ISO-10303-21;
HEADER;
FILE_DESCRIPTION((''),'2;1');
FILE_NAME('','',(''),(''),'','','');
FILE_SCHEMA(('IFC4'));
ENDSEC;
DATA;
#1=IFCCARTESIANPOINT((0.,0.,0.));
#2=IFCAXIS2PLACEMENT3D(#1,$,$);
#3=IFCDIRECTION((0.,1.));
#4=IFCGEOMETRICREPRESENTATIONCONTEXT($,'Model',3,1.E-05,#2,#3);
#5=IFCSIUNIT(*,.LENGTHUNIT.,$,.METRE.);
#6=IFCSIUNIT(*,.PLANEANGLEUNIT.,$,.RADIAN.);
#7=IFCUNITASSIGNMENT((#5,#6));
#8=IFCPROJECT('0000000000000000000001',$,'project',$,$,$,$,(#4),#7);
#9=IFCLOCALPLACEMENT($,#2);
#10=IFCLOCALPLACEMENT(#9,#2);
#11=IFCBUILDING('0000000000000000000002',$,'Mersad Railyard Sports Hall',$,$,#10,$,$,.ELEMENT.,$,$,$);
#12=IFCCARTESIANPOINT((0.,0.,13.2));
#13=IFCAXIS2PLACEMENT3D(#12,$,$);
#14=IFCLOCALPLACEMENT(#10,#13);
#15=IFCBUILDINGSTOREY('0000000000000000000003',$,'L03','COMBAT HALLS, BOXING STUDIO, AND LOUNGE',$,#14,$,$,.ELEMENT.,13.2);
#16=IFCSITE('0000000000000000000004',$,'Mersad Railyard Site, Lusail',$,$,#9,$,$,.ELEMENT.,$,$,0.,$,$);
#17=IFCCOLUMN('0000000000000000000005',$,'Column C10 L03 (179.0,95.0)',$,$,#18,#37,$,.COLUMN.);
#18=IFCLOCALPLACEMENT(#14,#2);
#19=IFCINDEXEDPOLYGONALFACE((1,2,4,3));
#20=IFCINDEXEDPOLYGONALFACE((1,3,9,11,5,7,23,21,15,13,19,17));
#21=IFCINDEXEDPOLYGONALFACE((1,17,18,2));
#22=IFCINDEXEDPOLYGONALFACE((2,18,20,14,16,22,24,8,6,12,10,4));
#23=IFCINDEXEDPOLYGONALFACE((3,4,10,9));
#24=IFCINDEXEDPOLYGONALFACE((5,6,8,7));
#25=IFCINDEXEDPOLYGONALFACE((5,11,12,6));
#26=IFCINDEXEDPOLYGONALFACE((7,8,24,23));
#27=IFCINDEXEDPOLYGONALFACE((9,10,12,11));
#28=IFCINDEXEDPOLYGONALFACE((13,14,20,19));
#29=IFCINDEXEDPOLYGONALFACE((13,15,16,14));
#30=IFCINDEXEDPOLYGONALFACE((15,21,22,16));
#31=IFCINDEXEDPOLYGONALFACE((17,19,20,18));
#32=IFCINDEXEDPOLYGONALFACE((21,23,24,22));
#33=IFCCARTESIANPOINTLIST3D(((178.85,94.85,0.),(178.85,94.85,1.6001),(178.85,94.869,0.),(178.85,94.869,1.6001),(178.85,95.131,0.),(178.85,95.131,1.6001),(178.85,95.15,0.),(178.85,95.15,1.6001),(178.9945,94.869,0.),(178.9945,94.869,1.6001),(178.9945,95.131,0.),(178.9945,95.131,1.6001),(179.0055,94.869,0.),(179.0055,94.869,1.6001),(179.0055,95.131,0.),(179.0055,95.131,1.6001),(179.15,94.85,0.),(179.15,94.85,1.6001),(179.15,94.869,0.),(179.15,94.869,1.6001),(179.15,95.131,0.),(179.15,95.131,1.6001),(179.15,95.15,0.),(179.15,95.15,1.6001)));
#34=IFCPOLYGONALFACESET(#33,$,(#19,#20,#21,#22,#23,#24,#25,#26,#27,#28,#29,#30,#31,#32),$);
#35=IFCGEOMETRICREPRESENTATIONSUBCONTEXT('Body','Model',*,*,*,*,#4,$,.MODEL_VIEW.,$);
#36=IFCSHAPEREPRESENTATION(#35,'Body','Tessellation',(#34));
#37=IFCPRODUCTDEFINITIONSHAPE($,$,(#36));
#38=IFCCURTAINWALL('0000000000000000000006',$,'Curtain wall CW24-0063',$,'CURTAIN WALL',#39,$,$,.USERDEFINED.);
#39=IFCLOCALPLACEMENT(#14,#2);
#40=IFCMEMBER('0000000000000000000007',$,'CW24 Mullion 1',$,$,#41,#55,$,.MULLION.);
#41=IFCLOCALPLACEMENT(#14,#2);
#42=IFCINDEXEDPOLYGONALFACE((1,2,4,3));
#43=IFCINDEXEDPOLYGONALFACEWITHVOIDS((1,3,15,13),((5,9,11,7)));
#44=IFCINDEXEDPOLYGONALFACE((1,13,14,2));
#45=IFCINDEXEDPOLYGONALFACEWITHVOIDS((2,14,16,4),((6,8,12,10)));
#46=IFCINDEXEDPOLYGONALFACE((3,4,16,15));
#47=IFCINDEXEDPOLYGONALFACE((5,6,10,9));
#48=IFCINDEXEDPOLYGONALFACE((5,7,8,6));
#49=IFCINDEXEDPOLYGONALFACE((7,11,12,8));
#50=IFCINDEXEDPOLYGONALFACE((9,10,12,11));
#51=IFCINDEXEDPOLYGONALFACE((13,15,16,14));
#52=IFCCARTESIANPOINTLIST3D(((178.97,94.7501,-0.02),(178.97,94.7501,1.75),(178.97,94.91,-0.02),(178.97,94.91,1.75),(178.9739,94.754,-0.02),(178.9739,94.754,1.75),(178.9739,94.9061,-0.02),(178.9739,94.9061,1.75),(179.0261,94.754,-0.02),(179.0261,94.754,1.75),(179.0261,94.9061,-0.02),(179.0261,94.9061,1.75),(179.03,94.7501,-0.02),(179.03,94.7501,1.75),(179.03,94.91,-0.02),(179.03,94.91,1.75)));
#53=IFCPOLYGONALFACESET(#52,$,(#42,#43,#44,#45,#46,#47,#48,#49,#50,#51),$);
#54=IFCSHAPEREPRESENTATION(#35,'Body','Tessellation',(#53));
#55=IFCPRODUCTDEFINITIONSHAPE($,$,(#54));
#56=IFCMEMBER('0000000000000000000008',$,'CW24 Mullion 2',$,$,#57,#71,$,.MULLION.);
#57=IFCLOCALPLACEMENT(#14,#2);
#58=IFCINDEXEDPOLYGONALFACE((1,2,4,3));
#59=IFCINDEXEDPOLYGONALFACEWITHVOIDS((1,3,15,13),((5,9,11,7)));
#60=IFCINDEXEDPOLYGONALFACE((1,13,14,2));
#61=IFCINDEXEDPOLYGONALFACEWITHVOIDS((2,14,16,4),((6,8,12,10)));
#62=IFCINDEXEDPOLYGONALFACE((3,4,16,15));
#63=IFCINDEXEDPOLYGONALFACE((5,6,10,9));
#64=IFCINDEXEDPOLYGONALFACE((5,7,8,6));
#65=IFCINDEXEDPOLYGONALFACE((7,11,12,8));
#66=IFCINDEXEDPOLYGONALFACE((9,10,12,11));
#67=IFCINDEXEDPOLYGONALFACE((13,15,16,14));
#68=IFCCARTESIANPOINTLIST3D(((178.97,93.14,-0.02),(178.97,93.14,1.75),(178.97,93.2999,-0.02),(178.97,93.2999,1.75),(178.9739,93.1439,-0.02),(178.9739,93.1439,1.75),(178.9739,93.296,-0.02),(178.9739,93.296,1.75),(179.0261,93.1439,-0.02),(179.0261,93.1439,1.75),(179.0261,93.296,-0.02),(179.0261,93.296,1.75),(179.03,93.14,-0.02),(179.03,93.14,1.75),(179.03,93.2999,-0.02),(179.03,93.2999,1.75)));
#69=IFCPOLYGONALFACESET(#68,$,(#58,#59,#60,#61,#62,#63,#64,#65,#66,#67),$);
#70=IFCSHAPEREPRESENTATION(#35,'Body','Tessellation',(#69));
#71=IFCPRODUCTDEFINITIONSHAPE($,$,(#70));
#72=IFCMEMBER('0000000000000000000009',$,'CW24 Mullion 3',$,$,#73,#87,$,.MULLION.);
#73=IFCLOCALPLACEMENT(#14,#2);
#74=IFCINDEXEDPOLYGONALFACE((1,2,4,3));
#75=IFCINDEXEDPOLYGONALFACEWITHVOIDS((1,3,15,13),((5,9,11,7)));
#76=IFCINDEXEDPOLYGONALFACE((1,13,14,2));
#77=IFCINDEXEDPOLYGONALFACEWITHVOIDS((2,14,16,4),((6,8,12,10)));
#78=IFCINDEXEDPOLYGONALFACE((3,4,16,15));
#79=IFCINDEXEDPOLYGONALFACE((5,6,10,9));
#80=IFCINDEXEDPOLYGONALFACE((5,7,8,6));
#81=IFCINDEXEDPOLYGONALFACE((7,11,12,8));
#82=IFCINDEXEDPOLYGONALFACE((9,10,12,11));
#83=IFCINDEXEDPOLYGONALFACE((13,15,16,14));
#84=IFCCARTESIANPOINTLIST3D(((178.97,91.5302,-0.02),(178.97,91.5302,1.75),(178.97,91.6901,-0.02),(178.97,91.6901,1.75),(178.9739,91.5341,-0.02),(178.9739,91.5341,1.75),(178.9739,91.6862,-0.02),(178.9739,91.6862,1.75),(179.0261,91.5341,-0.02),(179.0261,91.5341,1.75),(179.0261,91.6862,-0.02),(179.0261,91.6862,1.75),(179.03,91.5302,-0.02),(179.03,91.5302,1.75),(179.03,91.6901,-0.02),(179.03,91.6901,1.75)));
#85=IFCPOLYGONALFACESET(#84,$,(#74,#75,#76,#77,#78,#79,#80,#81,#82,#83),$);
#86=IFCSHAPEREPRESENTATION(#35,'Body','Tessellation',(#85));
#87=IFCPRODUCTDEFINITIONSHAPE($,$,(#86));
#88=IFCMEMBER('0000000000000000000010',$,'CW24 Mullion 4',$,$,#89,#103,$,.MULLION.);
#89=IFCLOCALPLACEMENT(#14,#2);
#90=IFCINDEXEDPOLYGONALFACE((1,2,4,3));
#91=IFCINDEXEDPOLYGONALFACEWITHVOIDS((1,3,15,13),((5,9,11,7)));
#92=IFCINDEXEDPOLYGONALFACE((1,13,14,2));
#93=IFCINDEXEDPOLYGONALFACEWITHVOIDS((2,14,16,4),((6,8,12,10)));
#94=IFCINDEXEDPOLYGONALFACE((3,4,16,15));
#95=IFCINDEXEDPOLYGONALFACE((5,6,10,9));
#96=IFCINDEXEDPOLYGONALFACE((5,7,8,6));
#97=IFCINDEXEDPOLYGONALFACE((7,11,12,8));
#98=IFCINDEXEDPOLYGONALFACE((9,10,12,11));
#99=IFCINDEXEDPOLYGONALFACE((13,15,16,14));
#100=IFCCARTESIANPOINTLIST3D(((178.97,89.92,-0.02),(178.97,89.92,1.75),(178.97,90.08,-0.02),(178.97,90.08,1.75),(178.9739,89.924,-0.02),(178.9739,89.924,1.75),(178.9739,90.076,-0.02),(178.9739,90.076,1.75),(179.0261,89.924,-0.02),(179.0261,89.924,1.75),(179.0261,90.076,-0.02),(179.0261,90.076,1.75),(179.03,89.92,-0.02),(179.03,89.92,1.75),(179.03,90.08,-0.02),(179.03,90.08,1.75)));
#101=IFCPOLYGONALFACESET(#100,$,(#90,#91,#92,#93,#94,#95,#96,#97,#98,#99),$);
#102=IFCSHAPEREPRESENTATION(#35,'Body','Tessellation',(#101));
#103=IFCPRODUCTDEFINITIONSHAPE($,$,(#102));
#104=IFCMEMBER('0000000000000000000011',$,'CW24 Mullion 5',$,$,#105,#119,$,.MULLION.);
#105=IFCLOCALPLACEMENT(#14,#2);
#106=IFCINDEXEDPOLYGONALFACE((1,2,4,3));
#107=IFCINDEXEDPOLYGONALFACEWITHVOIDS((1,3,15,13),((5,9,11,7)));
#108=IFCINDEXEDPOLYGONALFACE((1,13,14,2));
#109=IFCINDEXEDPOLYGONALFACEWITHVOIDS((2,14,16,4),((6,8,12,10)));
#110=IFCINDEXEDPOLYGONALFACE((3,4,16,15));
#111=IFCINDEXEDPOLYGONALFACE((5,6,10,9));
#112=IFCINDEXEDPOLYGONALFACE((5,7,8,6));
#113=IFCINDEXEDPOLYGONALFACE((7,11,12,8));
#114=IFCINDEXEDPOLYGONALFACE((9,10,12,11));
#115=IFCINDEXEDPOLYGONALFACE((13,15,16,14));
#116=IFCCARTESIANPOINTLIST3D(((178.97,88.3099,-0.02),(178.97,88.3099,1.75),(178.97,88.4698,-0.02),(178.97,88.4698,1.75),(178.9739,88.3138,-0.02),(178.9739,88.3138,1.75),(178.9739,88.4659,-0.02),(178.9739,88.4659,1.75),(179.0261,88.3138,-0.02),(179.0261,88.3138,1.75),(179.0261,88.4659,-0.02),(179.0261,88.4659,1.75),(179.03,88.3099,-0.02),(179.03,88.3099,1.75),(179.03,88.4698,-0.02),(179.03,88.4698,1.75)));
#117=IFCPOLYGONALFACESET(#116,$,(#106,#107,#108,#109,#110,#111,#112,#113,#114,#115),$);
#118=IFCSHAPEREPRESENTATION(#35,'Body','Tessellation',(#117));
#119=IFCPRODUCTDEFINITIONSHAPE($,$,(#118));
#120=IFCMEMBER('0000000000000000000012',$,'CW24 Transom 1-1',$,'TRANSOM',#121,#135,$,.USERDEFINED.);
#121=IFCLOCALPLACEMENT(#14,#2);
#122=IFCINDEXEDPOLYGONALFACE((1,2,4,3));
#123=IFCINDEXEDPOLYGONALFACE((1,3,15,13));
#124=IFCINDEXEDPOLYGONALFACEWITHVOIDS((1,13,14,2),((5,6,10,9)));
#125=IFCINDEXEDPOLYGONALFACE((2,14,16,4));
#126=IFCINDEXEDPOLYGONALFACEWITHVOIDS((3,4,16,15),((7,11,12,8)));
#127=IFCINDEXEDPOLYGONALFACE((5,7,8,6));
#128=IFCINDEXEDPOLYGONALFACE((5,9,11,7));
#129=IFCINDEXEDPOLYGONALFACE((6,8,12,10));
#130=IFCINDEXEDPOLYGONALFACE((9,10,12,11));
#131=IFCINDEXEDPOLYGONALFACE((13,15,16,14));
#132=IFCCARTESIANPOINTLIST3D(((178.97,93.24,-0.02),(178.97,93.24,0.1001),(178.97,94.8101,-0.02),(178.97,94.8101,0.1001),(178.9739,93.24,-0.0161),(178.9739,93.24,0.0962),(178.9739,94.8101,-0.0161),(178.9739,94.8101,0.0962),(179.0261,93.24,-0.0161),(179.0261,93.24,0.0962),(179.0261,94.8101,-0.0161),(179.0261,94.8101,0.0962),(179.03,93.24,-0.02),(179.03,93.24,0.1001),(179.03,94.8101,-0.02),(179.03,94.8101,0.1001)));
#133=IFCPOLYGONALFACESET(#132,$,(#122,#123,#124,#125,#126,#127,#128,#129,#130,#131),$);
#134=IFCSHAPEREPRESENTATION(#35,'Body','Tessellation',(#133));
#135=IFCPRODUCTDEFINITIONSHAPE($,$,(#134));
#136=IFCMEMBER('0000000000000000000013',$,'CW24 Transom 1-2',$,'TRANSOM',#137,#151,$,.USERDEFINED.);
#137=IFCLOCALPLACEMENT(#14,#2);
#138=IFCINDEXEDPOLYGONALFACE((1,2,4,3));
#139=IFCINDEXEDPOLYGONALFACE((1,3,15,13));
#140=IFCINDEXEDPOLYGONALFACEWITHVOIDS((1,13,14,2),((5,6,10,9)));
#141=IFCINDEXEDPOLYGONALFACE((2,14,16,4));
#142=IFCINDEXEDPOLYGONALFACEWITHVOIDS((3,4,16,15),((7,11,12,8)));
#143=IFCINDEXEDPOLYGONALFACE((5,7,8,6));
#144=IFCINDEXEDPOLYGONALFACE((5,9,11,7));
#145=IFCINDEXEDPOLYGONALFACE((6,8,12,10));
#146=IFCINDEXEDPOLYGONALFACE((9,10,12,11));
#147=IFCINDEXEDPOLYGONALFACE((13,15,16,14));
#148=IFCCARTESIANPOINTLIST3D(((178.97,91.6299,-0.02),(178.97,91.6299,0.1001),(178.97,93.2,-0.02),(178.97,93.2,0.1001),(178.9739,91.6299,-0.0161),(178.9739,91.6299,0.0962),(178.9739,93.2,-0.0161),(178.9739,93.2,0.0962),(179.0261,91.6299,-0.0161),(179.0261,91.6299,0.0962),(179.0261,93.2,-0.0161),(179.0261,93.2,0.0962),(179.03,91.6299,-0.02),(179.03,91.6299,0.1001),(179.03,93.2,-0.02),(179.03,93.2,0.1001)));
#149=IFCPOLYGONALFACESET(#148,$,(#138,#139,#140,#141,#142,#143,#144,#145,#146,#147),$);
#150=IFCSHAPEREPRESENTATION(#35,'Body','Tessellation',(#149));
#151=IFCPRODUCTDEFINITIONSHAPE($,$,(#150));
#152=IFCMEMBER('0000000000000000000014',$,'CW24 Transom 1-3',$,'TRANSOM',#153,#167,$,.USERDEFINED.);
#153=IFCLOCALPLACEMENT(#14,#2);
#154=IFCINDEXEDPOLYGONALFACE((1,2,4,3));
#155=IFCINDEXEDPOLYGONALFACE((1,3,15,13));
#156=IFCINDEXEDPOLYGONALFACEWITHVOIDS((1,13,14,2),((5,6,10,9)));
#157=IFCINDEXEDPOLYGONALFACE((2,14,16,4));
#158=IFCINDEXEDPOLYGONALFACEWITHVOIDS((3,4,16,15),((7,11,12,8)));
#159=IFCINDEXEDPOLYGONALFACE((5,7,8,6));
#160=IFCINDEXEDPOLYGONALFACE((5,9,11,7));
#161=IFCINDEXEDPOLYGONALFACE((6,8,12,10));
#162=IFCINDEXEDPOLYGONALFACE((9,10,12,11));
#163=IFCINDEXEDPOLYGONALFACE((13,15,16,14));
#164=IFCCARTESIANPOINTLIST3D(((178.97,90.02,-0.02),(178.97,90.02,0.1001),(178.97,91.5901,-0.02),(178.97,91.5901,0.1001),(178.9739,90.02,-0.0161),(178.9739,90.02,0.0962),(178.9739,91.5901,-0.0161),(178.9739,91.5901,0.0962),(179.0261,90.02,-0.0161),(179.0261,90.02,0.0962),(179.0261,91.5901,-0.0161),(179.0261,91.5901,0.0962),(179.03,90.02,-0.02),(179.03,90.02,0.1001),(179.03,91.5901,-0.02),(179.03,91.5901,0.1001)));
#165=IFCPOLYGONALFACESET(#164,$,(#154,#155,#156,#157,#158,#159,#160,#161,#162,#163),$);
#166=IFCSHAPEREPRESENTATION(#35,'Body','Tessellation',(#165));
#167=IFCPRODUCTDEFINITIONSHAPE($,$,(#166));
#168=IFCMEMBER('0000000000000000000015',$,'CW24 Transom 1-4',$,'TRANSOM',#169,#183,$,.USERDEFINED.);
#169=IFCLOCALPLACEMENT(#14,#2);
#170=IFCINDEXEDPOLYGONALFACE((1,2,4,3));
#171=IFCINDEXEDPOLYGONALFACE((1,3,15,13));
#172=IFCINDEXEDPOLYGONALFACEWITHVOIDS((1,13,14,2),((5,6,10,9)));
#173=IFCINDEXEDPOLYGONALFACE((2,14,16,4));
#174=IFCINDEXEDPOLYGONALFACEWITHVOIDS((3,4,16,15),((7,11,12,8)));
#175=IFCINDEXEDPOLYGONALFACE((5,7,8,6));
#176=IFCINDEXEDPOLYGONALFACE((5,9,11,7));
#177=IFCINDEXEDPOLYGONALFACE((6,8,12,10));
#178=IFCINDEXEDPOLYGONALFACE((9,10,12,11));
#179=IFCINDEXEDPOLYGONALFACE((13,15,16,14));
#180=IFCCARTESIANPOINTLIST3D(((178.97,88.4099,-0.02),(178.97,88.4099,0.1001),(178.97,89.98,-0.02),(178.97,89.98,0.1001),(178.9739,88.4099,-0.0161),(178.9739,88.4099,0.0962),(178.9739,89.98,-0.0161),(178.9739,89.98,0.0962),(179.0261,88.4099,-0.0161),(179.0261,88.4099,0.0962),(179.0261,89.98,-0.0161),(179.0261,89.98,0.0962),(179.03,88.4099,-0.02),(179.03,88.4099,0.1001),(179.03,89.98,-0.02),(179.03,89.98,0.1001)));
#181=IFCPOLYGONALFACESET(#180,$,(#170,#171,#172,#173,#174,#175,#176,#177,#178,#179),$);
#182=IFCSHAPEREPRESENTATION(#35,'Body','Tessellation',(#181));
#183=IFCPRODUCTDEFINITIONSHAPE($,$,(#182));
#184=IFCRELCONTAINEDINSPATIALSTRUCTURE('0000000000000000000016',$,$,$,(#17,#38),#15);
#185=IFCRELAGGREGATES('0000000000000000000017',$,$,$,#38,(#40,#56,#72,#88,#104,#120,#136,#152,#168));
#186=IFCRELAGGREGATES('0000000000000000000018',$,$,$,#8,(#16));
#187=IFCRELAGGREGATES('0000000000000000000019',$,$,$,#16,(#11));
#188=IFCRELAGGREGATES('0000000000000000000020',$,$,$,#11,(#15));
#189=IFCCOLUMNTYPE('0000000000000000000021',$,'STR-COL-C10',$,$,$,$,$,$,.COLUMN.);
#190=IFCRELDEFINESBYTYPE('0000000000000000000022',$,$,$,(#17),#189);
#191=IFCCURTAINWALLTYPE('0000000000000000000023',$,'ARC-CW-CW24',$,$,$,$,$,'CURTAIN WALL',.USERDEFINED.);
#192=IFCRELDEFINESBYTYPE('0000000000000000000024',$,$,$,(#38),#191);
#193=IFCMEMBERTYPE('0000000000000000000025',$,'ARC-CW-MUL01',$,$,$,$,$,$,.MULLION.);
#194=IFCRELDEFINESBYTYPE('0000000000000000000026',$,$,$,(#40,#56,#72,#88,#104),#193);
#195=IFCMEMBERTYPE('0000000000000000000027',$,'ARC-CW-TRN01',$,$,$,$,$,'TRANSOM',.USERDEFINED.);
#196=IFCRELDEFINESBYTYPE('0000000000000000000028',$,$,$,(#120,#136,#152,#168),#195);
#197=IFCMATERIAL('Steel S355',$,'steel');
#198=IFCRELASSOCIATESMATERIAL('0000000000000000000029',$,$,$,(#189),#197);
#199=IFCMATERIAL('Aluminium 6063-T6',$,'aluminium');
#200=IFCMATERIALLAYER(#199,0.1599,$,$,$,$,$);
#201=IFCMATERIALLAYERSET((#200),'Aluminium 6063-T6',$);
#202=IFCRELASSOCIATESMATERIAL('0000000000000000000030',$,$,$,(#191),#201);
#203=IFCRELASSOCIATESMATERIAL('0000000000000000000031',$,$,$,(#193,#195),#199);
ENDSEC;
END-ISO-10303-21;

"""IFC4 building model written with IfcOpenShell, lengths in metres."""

from ifc_helpers import new_model, si_unit, direction, frame, origin, origin_2d, place, context, subcontext, project, spatial, hollow_rectangle, i_section, extrude, material, layer, layer_set, material_profile, profile_set, type_object, element, aggregate, save


model = new_model("IFC4")

# Units and contexts
model_context = context("Model", 3, precision=1e-05, world=origin(), true_north=direction((0.0, 1.0)))
body_context = subcontext(model_context, "Body", "Model", "MODEL_VIEW")
ifc_project = project(units=[si_unit("LENGTHUNIT", "METRE"), si_unit("PLANEANGLEUNIT", "RADIAN")], contexts=[model_context])

# Site, building, storey
site_placement = place(None, origin())
site = spatial("IfcSite", under=ifc_project, at=site_placement, Name="Mersad Railyard Site, Lusail", CompositionType="ELEMENT", RefElevation=0.0)
building_placement = place(site_placement, origin())
building = spatial("IfcBuilding", under=site, at=building_placement, Name="Mersad Railyard Sports Hall", CompositionType="ELEMENT")
storey_placement = place(building_placement, frame((0.0, 0.0, 13.2)))
storey = spatial("IfcBuildingStorey", under=building, at=storey_placement, Name="L03", Description="COMBAT HALLS, BOXING STUDIO, AND LOUNGE", CompositionType="ELEMENT", Elevation=13.2)

# Column
ifc_material_1 = material(Name="Steel S355", Category="steel")
ifc_material_profile_1 = material_profile(ifc_material_1, i_section(OverallWidth=0.3, OverallDepth=0.3, WebThickness=0.011, FlangeThickness=0.019, at=origin_2d()), Name="HEB 300")
ifc_profile_set_1 = profile_set([ifc_material_profile_1], Name="Steel S355")
column_type = type_object("IfcColumnType", Name="STR-COL-C10", PredefinedType="COLUMN", material=ifc_profile_set_1)
column_placement = place(storey_placement, frame((179.0, 95.0, 0.0), z_axis=(0.0, 0.0, 1.0), x_axis=(1.0, 0.0, 0.0)))
element("IfcColumn", 1, at=column_placement, inside=storey, type_object=column_type, Name="Column C10 L03 (179.0,95.0)", PredefinedType="COLUMN", context=body_context, shape_type="SweptSolid", body=[
    extrude(i_section(OverallWidth=0.3, OverallDepth=0.3, WebThickness=0.011, FlangeThickness=0.019, at=origin_2d()), origin(), (0.0, 0.0, 1.0), 1.6001),
])

# Curtain wall, members
ifc_material_2 = material(Name="Aluminium 6063-T6", Category="aluminium")
ifc_layer_1 = layer(ifc_material_2, 0.1599)
ifc_layer_set_1 = layer_set([ifc_layer_1], Name="Aluminium 6063-T6")
curtain_wall_type = type_object("IfcCurtainWallType", Name="ARC-CW-CW24", ElementType="CURTAIN WALL", PredefinedType="USERDEFINED", material=ifc_layer_set_1)
curtain_wall_placement = place(storey_placement, origin())
curtain_wall = element("IfcCurtainWall", 2, at=curtain_wall_placement, inside=storey, type_object=curtain_wall_type, Name="Curtain wall CW24-0063", ObjectType="CURTAIN WALL", PredefinedType="USERDEFINED")
ifc_material_profile_2 = material_profile(ifc_material_2, hollow_rectangle(XDim=0.0601, YDim=0.1599, WallThickness=0.0039, at=origin_2d()), Name="AL MULLION 60x160x4")
ifc_profile_set_2 = profile_set([ifc_material_profile_2], Name="Aluminium 6063-T6")
member_type_1 = type_object("IfcMemberType", Name="ARC-CW-MUL01", PredefinedType="MULLION", material=ifc_profile_set_2)
member_1_placement = place(storey_placement, frame((179.0, 94.8301, -0.02), z_axis=(0.0, 0.0, 1.0), x_axis=(1.0, 0.0, 0.0)))
member_1 = element("IfcMember", 3, at=member_1_placement, type_object=member_type_1, Name="CW24 Mullion 1", PredefinedType="MULLION", context=body_context, shape_type="SweptSolid", body=[
    extrude(hollow_rectangle(XDim=0.0601, YDim=0.1599, WallThickness=0.0039, at=origin_2d()), origin(), (0.0, 0.0, 1.0), 1.77),
])
member_2_placement = place(storey_placement, frame((179.0, 93.22, -0.02), z_axis=(0.0, 0.0, 1.0), x_axis=(1.0, 0.0, 0.0)))
member_2 = element("IfcMember", 4, at=member_2_placement, type_object=member_type_1, Name="CW24 Mullion 2", PredefinedType="MULLION", context=body_context, shape_type="SweptSolid", body=[
    extrude(hollow_rectangle(XDim=0.0601, YDim=0.1599, WallThickness=0.0039, at=origin_2d()), origin(), (0.0, 0.0, 1.0), 1.77),
])
member_3_placement = place(storey_placement, frame((179.0, 91.6101, -0.02), z_axis=(0.0, 0.0, 1.0), x_axis=(1.0, 0.0, 0.0)))
member_3 = element("IfcMember", 5, at=member_3_placement, type_object=member_type_1, Name="CW24 Mullion 3", PredefinedType="MULLION", context=body_context, shape_type="SweptSolid", body=[
    extrude(hollow_rectangle(XDim=0.0601, YDim=0.1599, WallThickness=0.0039, at=origin_2d()), origin(), (0.0, 0.0, 1.0), 1.77),
])
member_4_placement = place(storey_placement, frame((179.0, 90.0, -0.02), z_axis=(0.0, 0.0, 1.0), x_axis=(1.0, 0.0, 0.0)))
member_4 = element("IfcMember", 6, at=member_4_placement, type_object=member_type_1, Name="CW24 Mullion 4", PredefinedType="MULLION", context=body_context, shape_type="SweptSolid", body=[
    extrude(hollow_rectangle(XDim=0.0601, YDim=0.1599, WallThickness=0.0039, at=origin_2d()), origin(), (0.0, 0.0, 1.0), 1.77),
])
member_5_placement = place(storey_placement, frame((179.0, 88.3899, -0.02), z_axis=(0.0, 0.0, 1.0), x_axis=(1.0, 0.0, 0.0)))
member_5 = element("IfcMember", 7, at=member_5_placement, type_object=member_type_1, Name="CW24 Mullion 5", PredefinedType="MULLION", context=body_context, shape_type="SweptSolid", body=[
    extrude(hollow_rectangle(XDim=0.0601, YDim=0.1599, WallThickness=0.0039, at=origin_2d()), origin(), (0.0, 0.0, 1.0), 1.77),
])
ifc_material_profile_3 = material_profile(ifc_material_2, hollow_rectangle(XDim=0.0601, YDim=0.1201, WallThickness=0.0039, at=origin_2d()), Name="AL TRANSOM 60x120x4")
ifc_profile_set_3 = profile_set([ifc_material_profile_3], Name="Aluminium 6063-T6")
member_type_2 = type_object("IfcMemberType", Name="ARC-CW-TRN01", ElementType="TRANSOM", PredefinedType="USERDEFINED", material=ifc_profile_set_3)
member_6_placement = place(storey_placement, frame((179.0, 94.8101, 0.04), z_axis=(0.0, -1.0, 0.0), x_axis=(1.0, 0.0, 0.0)))
member_6 = element("IfcMember", 8, at=member_6_placement, type_object=member_type_2, Name="CW24 Transom 1-1", ObjectType="TRANSOM", PredefinedType="USERDEFINED", context=body_context, shape_type="SweptSolid", body=[
    extrude(hollow_rectangle(XDim=0.0601, YDim=0.1201, WallThickness=0.0039, at=origin_2d()), origin(), (0.0, 0.0, 1.0), 1.5701),
])
member_7_placement = place(storey_placement, frame((179.0, 93.2, 0.04), z_axis=(0.0, -1.0, 0.0), x_axis=(1.0, 0.0, 0.0)))
member_7 = element("IfcMember", 9, at=member_7_placement, type_object=member_type_2, Name="CW24 Transom 1-2", ObjectType="TRANSOM", PredefinedType="USERDEFINED", context=body_context, shape_type="SweptSolid", body=[
    extrude(hollow_rectangle(XDim=0.0601, YDim=0.1201, WallThickness=0.0039, at=origin_2d()), origin(), (0.0, 0.0, 1.0), 1.5701),
])
member_8_placement = place(storey_placement, frame((179.0, 91.5901, 0.04), z_axis=(0.0, -1.0, 0.0), x_axis=(1.0, 0.0, 0.0)))
member_8 = element("IfcMember", 10, at=member_8_placement, type_object=member_type_2, Name="CW24 Transom 1-3", ObjectType="TRANSOM", PredefinedType="USERDEFINED", context=body_context, shape_type="SweptSolid", body=[
    extrude(hollow_rectangle(XDim=0.0601, YDim=0.1201, WallThickness=0.0039, at=origin_2d()), origin(), (0.0, 0.0, 1.0), 1.5701),
])
member_9_placement = place(storey_placement, frame((179.0, 89.98, 0.04), z_axis=(0.0, -1.0, 0.0), x_axis=(1.0, 0.0, 0.0)))
member_9 = element("IfcMember", 11, at=member_9_placement, type_object=member_type_2, Name="CW24 Transom 1-4", ObjectType="TRANSOM", PredefinedType="USERDEFINED", context=body_context, shape_type="SweptSolid", body=[
    extrude(hollow_rectangle(XDim=0.0601, YDim=0.1201, WallThickness=0.0039, at=origin_2d()), origin(), (0.0, 0.0, 1.0), 1.5701),
])
aggregate(curtain_wall, [member_1, member_2, member_3, member_4, member_5, member_6, member_7, member_8, member_9])

save(model, "model.ifc")
